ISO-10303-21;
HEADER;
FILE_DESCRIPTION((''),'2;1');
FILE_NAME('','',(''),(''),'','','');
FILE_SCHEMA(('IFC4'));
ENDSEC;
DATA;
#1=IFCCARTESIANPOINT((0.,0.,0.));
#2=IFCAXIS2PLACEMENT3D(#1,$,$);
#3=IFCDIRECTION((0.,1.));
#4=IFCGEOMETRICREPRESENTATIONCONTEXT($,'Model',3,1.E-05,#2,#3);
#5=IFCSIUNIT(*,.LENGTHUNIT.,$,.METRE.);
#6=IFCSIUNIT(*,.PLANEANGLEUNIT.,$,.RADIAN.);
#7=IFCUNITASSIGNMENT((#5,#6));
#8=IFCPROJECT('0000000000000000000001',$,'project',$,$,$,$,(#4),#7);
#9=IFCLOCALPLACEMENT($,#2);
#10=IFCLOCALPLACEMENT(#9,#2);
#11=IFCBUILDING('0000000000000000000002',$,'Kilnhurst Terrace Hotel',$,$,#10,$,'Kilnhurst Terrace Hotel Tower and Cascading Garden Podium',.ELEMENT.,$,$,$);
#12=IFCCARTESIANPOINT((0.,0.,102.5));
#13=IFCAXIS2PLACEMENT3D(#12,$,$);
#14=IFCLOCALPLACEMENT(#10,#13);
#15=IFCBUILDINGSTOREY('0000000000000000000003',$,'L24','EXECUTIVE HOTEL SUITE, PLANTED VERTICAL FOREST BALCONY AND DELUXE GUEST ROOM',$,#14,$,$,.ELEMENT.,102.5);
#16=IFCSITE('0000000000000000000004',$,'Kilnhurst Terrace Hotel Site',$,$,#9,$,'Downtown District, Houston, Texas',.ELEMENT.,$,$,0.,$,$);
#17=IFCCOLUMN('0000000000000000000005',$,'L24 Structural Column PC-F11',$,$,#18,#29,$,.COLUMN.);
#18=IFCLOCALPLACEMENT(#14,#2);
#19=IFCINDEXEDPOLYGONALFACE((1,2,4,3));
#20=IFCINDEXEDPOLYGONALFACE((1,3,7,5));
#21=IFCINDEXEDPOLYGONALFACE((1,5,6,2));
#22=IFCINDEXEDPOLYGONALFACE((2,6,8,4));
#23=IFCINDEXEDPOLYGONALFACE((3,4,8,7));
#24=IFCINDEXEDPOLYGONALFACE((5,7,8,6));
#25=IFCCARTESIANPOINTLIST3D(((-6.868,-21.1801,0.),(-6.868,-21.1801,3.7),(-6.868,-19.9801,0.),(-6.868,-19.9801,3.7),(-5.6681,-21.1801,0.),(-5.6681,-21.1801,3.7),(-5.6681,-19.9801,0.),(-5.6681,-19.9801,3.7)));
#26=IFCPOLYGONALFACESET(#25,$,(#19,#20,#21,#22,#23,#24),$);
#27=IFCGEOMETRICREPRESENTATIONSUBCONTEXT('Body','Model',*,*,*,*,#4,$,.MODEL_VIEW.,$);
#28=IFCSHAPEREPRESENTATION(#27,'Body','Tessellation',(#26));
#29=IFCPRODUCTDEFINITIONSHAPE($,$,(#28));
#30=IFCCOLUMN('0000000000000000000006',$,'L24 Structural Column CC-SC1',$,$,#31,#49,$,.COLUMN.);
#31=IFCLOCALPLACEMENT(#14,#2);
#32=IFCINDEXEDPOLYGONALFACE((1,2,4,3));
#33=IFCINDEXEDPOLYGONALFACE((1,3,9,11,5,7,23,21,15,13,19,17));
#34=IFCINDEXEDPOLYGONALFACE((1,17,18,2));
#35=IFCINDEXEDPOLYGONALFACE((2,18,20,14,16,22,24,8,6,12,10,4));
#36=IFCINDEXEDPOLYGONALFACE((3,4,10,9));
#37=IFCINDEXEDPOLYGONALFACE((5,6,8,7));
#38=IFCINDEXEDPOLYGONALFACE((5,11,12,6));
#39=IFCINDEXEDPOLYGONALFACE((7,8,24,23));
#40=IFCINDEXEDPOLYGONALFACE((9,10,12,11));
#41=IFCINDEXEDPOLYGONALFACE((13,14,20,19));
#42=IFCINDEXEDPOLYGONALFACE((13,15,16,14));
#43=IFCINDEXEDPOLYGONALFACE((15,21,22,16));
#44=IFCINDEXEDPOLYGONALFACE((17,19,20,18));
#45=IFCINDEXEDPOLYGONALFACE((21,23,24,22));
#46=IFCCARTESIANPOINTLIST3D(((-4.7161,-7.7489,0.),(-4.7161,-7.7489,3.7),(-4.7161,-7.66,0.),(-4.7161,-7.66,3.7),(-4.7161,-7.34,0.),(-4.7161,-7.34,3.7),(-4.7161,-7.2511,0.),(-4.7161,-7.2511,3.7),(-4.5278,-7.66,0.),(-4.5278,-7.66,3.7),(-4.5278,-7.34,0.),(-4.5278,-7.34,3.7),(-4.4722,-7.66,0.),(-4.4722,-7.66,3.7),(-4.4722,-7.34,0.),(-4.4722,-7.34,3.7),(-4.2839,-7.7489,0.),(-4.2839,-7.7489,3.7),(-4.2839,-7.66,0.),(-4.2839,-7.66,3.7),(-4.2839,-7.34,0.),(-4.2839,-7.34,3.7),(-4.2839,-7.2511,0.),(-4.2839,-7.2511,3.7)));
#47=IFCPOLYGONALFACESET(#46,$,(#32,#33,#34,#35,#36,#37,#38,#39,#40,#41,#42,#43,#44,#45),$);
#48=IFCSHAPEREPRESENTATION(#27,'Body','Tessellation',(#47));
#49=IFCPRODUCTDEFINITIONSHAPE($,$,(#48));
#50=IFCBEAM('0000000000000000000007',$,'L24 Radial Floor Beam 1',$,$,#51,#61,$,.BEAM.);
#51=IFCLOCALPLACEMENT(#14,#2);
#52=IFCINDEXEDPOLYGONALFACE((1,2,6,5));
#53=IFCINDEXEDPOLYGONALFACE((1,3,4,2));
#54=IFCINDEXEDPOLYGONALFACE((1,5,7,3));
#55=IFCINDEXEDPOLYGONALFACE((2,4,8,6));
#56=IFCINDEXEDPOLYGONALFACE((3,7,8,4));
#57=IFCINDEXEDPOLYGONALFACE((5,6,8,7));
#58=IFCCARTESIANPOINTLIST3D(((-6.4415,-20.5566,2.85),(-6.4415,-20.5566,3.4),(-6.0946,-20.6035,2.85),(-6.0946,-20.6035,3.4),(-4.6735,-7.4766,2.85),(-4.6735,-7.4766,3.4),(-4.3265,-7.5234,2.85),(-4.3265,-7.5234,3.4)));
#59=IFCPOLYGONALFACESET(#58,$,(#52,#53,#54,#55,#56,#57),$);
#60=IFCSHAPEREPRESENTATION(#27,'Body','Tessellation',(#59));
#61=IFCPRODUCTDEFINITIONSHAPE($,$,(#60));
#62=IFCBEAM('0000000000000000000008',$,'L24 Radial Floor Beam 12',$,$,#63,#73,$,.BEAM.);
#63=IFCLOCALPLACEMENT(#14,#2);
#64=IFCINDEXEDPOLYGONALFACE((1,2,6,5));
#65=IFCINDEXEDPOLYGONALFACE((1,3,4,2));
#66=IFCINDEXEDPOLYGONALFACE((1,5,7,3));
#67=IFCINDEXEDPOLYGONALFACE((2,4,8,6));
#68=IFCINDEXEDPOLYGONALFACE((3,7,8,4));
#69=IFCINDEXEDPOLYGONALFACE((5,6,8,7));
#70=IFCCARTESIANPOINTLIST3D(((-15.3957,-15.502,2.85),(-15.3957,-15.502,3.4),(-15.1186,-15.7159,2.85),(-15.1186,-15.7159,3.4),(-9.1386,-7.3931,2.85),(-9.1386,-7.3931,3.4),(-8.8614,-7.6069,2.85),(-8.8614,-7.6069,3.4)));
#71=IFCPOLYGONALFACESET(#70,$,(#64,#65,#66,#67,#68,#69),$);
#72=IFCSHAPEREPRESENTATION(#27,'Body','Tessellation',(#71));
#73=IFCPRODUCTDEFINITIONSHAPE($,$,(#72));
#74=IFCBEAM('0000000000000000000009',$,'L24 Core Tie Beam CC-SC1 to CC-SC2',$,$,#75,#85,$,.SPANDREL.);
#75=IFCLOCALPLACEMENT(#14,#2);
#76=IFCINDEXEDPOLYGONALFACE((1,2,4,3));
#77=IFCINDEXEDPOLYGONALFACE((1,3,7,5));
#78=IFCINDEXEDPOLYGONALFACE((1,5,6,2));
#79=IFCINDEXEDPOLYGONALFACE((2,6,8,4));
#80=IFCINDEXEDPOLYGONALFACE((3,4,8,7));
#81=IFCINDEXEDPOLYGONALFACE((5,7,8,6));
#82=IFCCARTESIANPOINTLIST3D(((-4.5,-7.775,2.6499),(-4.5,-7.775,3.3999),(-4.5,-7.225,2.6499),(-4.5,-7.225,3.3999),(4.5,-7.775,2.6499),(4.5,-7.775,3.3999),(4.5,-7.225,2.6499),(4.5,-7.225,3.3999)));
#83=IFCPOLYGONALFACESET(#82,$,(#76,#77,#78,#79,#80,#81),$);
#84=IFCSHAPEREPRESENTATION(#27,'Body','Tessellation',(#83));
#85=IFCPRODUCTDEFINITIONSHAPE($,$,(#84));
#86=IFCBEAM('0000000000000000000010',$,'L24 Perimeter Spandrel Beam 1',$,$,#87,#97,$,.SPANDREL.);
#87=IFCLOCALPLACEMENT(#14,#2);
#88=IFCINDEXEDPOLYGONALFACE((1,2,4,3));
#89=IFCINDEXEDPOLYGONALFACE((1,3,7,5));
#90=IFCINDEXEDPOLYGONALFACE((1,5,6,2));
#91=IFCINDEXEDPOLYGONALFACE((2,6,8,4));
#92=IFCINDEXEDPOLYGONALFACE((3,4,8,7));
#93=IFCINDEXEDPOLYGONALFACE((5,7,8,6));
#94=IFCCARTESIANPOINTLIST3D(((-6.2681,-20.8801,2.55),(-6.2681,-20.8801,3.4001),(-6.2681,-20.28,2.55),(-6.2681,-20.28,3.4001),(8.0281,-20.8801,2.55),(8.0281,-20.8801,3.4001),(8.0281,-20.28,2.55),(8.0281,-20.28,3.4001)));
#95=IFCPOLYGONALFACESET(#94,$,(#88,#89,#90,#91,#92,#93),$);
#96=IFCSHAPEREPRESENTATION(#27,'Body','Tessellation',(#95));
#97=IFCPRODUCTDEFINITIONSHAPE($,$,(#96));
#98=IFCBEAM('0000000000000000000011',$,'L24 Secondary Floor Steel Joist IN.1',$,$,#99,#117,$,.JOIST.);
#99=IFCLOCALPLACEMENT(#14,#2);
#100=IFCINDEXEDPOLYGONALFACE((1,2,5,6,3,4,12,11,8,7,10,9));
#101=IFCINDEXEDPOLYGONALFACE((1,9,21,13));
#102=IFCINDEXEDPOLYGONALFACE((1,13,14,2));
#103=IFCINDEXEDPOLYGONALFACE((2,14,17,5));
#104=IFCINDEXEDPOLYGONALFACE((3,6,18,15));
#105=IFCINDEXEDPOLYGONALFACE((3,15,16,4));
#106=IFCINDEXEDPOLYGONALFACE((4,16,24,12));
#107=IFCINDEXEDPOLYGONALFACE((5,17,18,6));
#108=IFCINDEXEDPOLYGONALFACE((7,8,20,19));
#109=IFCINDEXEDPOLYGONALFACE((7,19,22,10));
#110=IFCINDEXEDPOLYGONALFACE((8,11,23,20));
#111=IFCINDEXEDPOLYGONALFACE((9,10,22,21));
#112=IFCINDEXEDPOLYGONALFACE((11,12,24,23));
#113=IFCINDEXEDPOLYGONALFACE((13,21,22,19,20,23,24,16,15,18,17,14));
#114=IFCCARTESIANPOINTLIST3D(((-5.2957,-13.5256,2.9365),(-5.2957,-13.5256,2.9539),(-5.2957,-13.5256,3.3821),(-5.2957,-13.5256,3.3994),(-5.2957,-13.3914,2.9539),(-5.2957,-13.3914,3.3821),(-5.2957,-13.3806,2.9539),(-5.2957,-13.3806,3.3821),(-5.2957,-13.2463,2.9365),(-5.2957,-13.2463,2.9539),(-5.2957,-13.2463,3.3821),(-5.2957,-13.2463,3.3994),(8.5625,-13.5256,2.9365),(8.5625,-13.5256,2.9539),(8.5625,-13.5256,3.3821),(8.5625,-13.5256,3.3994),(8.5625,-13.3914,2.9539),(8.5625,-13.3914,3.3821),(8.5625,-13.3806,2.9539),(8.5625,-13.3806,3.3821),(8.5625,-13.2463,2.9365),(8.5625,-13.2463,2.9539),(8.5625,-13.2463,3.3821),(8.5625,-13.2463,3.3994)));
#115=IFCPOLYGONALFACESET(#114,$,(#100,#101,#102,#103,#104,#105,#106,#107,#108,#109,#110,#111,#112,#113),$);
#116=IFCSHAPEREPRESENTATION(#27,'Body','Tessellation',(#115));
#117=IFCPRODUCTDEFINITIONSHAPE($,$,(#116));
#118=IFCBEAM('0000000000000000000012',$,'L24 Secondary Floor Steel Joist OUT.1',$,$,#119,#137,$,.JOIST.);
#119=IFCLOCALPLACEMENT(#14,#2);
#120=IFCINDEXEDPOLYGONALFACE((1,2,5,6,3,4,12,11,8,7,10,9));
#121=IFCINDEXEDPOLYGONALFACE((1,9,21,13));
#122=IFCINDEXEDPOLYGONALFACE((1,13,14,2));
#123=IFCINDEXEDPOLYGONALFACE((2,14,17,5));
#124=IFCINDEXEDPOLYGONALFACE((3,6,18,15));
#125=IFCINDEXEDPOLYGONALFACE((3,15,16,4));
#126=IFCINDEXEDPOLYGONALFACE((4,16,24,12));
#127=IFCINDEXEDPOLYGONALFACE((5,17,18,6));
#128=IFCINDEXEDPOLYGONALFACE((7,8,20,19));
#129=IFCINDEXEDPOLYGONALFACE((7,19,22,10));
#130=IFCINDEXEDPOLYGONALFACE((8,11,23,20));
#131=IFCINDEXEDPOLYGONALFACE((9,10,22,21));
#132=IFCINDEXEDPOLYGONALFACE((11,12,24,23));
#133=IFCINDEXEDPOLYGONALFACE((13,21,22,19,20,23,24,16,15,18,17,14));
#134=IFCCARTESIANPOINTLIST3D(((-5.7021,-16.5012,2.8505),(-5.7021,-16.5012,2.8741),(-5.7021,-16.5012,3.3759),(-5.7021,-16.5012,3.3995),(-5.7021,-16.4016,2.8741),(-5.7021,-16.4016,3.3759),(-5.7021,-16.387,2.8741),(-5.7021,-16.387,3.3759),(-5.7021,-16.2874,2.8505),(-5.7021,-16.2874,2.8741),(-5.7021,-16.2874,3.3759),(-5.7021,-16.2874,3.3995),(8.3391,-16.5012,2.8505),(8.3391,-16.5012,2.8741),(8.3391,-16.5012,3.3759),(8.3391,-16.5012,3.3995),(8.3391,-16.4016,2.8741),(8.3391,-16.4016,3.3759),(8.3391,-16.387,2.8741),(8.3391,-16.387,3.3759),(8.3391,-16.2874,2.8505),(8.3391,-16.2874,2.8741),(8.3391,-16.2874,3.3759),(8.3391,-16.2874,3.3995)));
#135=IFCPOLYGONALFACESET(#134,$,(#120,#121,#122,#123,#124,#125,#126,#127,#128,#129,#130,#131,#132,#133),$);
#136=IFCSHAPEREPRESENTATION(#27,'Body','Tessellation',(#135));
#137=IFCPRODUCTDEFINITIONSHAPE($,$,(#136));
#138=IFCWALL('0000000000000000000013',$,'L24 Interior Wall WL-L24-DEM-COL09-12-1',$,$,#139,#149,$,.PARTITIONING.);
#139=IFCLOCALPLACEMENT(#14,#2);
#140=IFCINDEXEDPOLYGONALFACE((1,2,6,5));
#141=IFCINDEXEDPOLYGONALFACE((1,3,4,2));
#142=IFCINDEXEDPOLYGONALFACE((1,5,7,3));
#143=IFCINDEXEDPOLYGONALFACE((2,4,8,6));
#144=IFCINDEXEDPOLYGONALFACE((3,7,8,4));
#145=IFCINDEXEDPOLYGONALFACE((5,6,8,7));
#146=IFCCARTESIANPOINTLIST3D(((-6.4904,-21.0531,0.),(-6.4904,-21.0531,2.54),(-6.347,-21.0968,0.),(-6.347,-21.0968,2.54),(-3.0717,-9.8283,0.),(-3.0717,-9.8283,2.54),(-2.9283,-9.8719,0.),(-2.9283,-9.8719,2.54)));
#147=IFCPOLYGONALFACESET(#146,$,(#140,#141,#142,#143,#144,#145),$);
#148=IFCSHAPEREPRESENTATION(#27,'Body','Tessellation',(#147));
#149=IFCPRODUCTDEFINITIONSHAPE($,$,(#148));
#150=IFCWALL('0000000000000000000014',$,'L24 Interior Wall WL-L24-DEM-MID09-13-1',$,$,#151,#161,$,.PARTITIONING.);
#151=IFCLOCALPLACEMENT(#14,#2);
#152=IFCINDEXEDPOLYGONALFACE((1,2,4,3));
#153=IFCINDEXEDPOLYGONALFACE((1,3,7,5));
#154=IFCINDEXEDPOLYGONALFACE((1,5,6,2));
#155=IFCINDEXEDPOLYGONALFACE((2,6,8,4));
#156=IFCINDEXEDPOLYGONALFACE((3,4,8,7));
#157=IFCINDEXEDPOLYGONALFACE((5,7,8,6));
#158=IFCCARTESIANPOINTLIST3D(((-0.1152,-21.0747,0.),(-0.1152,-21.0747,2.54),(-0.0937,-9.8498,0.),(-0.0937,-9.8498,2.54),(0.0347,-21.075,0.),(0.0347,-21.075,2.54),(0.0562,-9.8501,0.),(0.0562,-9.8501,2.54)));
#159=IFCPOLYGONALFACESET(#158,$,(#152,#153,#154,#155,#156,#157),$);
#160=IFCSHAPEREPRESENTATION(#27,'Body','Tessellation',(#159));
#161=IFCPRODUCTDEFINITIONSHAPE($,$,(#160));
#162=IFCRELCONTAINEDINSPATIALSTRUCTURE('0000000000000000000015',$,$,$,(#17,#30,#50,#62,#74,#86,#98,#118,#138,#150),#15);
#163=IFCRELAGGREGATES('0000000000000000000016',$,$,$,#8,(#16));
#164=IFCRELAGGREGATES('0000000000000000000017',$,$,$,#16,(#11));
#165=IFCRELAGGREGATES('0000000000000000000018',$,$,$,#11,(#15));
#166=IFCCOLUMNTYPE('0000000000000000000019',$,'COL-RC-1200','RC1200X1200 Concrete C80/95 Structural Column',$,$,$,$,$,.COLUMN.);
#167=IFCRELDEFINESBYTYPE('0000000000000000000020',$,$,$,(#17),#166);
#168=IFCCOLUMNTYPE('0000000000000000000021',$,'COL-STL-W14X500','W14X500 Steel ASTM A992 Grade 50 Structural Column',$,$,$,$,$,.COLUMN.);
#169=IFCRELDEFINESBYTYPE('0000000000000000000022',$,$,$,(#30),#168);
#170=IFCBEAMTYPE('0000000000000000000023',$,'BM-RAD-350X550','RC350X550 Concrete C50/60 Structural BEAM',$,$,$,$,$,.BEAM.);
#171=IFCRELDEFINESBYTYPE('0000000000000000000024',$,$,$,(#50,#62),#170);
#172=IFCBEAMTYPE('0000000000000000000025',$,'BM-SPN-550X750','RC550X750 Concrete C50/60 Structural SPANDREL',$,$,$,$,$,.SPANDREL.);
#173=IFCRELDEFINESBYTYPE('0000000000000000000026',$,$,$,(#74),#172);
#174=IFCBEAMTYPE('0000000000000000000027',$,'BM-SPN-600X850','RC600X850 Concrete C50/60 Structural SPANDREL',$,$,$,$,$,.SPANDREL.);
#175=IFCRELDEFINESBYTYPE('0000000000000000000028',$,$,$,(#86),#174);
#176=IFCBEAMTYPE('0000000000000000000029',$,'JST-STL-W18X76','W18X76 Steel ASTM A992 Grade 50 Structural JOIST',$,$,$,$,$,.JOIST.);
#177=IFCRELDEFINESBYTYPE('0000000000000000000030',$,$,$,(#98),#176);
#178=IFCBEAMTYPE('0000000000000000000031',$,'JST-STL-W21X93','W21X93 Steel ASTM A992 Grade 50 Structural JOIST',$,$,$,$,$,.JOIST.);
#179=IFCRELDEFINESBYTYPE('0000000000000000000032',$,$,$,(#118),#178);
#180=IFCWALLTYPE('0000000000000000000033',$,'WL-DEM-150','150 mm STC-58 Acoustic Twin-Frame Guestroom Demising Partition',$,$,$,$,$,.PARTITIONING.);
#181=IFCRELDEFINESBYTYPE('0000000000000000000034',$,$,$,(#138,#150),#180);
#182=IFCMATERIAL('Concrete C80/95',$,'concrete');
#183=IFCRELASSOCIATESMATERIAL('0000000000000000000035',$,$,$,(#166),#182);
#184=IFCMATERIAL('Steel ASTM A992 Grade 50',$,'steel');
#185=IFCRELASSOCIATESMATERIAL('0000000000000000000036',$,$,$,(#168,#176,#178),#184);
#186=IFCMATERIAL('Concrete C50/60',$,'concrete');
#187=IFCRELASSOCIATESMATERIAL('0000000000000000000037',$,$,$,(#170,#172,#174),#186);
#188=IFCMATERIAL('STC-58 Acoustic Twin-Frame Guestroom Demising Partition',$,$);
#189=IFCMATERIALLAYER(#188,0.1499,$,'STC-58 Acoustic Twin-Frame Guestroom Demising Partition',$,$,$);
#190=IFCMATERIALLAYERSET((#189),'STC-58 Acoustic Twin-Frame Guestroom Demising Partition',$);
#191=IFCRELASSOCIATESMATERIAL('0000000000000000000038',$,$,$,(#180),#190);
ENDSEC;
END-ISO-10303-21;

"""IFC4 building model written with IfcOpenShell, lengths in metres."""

from ifc_helpers import new_model, si_unit, direction, frame, frame_2d, origin, origin_2d, place, context, subcontext, project, spatial, rectangle, i_section, extrude, material, layer, layer_set, material_profile, profile_set, type_object, element, save


model = new_model("IFC4")

# Units and contexts
model_context = context("Model", 3, precision=1e-05, world=origin(), true_north=direction((0.0, 1.0)))
body_context = subcontext(model_context, "Body", "Model", "MODEL_VIEW")
ifc_project = project(units=[si_unit("LENGTHUNIT", "METRE"), si_unit("PLANEANGLEUNIT", "RADIAN")], contexts=[model_context])

# Site, building, storey
site_placement = place(None, origin())
site = spatial("IfcSite", under=ifc_project, at=site_placement, Name="Kilnhurst Terrace Hotel Site", LongName="Downtown District, Houston, Texas", CompositionType="ELEMENT", RefElevation=0.0)
building_placement = place(site_placement, origin())
building = spatial("IfcBuilding", under=site, at=building_placement, Name="Kilnhurst Terrace Hotel", LongName="Kilnhurst Terrace Hotel Tower and Cascading Garden Podium", CompositionType="ELEMENT")
storey_placement = place(building_placement, frame((0.0, 0.0, 102.5)))
storey = spatial("IfcBuildingStorey", under=building, at=storey_placement, Name="L24", Description="EXECUTIVE HOTEL SUITE, PLANTED VERTICAL FOREST BALCONY AND DELUXE GUEST ROOM", CompositionType="ELEMENT", Elevation=102.5)

# Columns
ifc_material_1 = material(Name="Concrete C80/95", Category="concrete")
ifc_material_profile_1 = material_profile(ifc_material_1, rectangle(XDim=1.2, YDim=1.2, at=origin_2d()), Name="RC1200X1200")
ifc_profile_set_1 = profile_set([ifc_material_profile_1], Name="Concrete C80/95")
column_type_1 = type_object("IfcColumnType", Name="COL-RC-1200", Description="RC1200X1200 Concrete C80/95 Structural Column", PredefinedType="COLUMN", material=ifc_profile_set_1)
column_1_placement = place(storey_placement, frame((-6.2681, -20.5801, 0.0), z_axis=(0.0, 0.0, 1.0), x_axis=(1.0, 0.0, 0.0)))
element("IfcColumn", 1, at=column_1_placement, inside=storey, type_object=column_type_1, Name="L24 Structural Column PC-F11", PredefinedType="COLUMN", context=body_context, shape_type="SweptSolid", body=[
    extrude(rectangle(XDim=1.2, YDim=1.2, at=origin_2d()), origin(), (0.0, 0.0, 1.0), 3.7),
])
ifc_material_2 = material(Name="Steel ASTM A992 Grade 50", Category="steel")
ifc_material_profile_2 = material_profile(ifc_material_2, i_section(OverallWidth=0.4321, OverallDepth=0.4978, WebThickness=0.0557, FlangeThickness=0.0889, at=origin_2d()), Name="W14X500")
ifc_profile_set_2 = profile_set([ifc_material_profile_2], Name="Steel ASTM A992 Grade 50")
column_type_2 = type_object("IfcColumnType", Name="COL-STL-W14X500", Description="W14X500 Steel ASTM A992 Grade 50 Structural Column", PredefinedType="COLUMN", material=ifc_profile_set_2)
column_2_placement = place(storey_placement, frame((-4.5, -7.5, 0.0), z_axis=(0.0, 0.0, 1.0), x_axis=(1.0, 0.0, 0.0)))
element("IfcColumn", 2, at=column_2_placement, inside=storey, type_object=column_type_2, Name="L24 Structural Column CC-SC1", PredefinedType="COLUMN", context=body_context, shape_type="SweptSolid", body=[
    extrude(i_section(OverallWidth=0.4321, OverallDepth=0.4978, WebThickness=0.0557, FlangeThickness=0.0889, at=origin_2d()), origin(), (0.0, 0.0, 1.0), 3.7),
])

# Beams
ifc_material_3 = material(Name="Concrete C50/60", Category="concrete")
ifc_material_profile_3 = material_profile(ifc_material_3, rectangle(XDim=0.3501, YDim=0.55, at=origin_2d()), Name="RC350X550")
ifc_profile_set_3 = profile_set([ifc_material_profile_3], Name="Concrete C50/60")
beam_type_1 = type_object("IfcBeamType", Name="BM-RAD-350X550", Description="RC350X550 Concrete C50/60 Structural BEAM", PredefinedType="BEAM", material=ifc_profile_set_3)
beam_1_placement = place(storey_placement, frame((-4.5, -7.5, 3.125), z_axis=(-0.133954, -0.990988, 0.0), x_axis=(0.990988, -0.133954, 0.0)))
element("IfcBeam", 3, at=beam_1_placement, inside=storey, type_object=beam_type_1, Name="L24 Radial Floor Beam 1", PredefinedType="BEAM", context=body_context, shape_type="SweptSolid", body=[
    extrude(rectangle(XDim=0.3501, YDim=0.55, at=origin_2d()), origin(), (0.0, 0.0, 1.0), 13.199),
])
beam_2_placement = place(storey_placement, frame((-9.0, -7.5, 3.125), z_axis=(-0.610905, -0.791704, 0.0), x_axis=(0.791704, -0.610905, 0.0)))
element("IfcBeam", 4, at=beam_2_placement, inside=storey, type_object=beam_type_1, Name="L24 Radial Floor Beam 12", PredefinedType="BEAM", context=body_context, shape_type="SweptSolid", body=[
    extrude(rectangle(XDim=0.3501, YDim=0.55, at=origin_2d()), origin(), (0.0, 0.0, 1.0), 10.2424),
])
ifc_material_profile_4 = material_profile(ifc_material_3, rectangle(XDim=0.55, YDim=0.75, at=origin_2d()), Name="RC550X750")
ifc_profile_set_4 = profile_set([ifc_material_profile_4], Name="Concrete C50/60")
beam_type_2 = type_object("IfcBeamType", Name="BM-SPN-550X750", Description="RC550X750 Concrete C50/60 Structural SPANDREL", PredefinedType="SPANDREL", material=ifc_profile_set_4)
beam_3_placement = place(storey_placement, frame((-4.5, -7.5, 3.0249), z_axis=(1.0, 0.0, 0.0), x_axis=(0.0, 1.0, 0.0)))
element("IfcBeam", 5, at=beam_3_placement, inside=storey, type_object=beam_type_2, Name="L24 Core Tie Beam CC-SC1 to CC-SC2", PredefinedType="SPANDREL", context=body_context, shape_type="SweptSolid", body=[
    extrude(rectangle(XDim=0.55, YDim=0.75, at=origin_2d()), origin(), (0.0, 0.0, 1.0), 9.0),
])
ifc_material_profile_5 = material_profile(ifc_material_3, rectangle(XDim=0.6001, YDim=0.8501, at=origin_2d()), Name="RC600X850")
ifc_profile_set_5 = profile_set([ifc_material_profile_5], Name="Concrete C50/60")
beam_type_3 = type_object("IfcBeamType", Name="BM-SPN-600X850", Description="RC600X850 Concrete C50/60 Structural SPANDREL", PredefinedType="SPANDREL", material=ifc_profile_set_5)
beam_4_placement = place(storey_placement, frame((-6.2681, -20.5801, 2.9751), z_axis=(1.0, 0.0, 0.0), x_axis=(0.0, 1.0, 0.0)))
element("IfcBeam", 6, at=beam_4_placement, inside=storey, type_object=beam_type_3, Name="L24 Perimeter Spandrel Beam 1", PredefinedType="SPANDREL", context=body_context, shape_type="SweptSolid", body=[
    extrude(rectangle(XDim=0.6001, YDim=0.8501, at=origin_2d()), origin(), (0.0, 0.0, 1.0), 14.2961),
])
ifc_material_profile_6 = material_profile(ifc_material_2, i_section(OverallWidth=0.2793, OverallDepth=0.4629, WebThickness=0.0107, FlangeThickness=0.0173, at=origin_2d()), Name="W18X76")
ifc_profile_set_6 = profile_set([ifc_material_profile_6], Name="Steel ASTM A992 Grade 50")
beam_type_4 = type_object("IfcBeamType", Name="JST-STL-W18X76", Description="W18X76 Steel ASTM A992 Grade 50 Structural JOIST", PredefinedType="JOIST", material=ifc_profile_set_6)
beam_5_placement = place(storey_placement, frame((-5.2957, -13.386, 3.168), z_axis=(1.0, 0.0, 0.0), x_axis=(0.0, 1.0, 0.0)))
element("IfcBeam", 7, at=beam_5_placement, inside=storey, type_object=beam_type_4, Name="L24 Secondary Floor Steel Joist IN.1", PredefinedType="JOIST", context=body_context, shape_type="SweptSolid", body=[
    extrude(i_section(OverallWidth=0.2793, OverallDepth=0.4629, WebThickness=0.0107, FlangeThickness=0.0173, at=origin_2d()), origin(), (0.0, 0.0, 1.0), 13.8582),
])
ifc_material_profile_7 = material_profile(ifc_material_2, i_section(OverallWidth=0.2139, OverallDepth=0.5491, WebThickness=0.0146, FlangeThickness=0.0237, at=origin_2d()), Name="W21X93")
ifc_profile_set_7 = profile_set([ifc_material_profile_7], Name="Steel ASTM A992 Grade 50")
beam_type_5 = type_object("IfcBeamType", Name="JST-STL-W21X93", Description="W21X93 Steel ASTM A992 Grade 50 Structural JOIST", PredefinedType="JOIST", material=ifc_profile_set_7)
beam_6_placement = place(storey_placement, frame((-5.7021, -16.3943, 3.125), z_axis=(1.0, 0.0, 0.0), x_axis=(0.0, 1.0, 0.0)))
element("IfcBeam", 8, at=beam_6_placement, inside=storey, type_object=beam_type_5, Name="L24 Secondary Floor Steel Joist OUT.1", PredefinedType="JOIST", context=body_context, shape_type="SweptSolid", body=[
    extrude(i_section(OverallWidth=0.2139, OverallDepth=0.5491, WebThickness=0.0146, FlangeThickness=0.0237, at=origin_2d()), origin(), (0.0, 0.0, 1.0), 14.0413),
])

# Walls
ifc_material_4 = material(Name="STC-58 Acoustic Twin-Frame Guestroom Demising Partition")
ifc_layer_1 = layer(ifc_material_4, 0.1499, Name="STC-58 Acoustic Twin-Frame Guestroom Demising Partition")
ifc_layer_set_1 = layer_set([ifc_layer_1], Name="STC-58 Acoustic Twin-Frame Guestroom Demising Partition")
wall_type_1 = type_object("IfcWallType", Name="WL-DEM-150", Description="150 mm STC-58 Acoustic Twin-Frame Guestroom Demising Partition", PredefinedType="PARTITIONING", material=ifc_layer_set_1)
wall_1_placement = place(storey_placement, frame((-3.0, -9.8501, 0.0), z_axis=(0.0, 0.0, 1.0), x_axis=(-0.291352, -0.956616, 0.0)))
element("IfcWall", 9, at=wall_1_placement, inside=storey, type_object=wall_type_1, Name="L24 Interior Wall WL-L24-DEM-COL09-12-1", PredefinedType="PARTITIONING", context=body_context, shape_type="SweptSolid", body=[
    extrude(rectangle(XDim=11.7339, YDim=0.1499, at=frame_2d((5.8669, 0.0))), origin(), (0.0, 0.0, 1.0), 2.54),
])
wall_2_placement = place(storey_placement, frame((-0.0188, -9.8501, 0.0), z_axis=(0.0, 0.0, 1.0), x_axis=(-0.001914, -0.999998, 0.0)))
element("IfcWall", 10, at=wall_2_placement, inside=storey, type_object=wall_type_1, Name="L24 Interior Wall WL-L24-DEM-MID09-13-1", PredefinedType="PARTITIONING", context=body_context, shape_type="SweptSolid", body=[
    extrude(rectangle(XDim=11.2249, YDim=0.1499, at=frame_2d((5.6123, 0.0))), origin(), (0.0, 0.0, 1.0), 2.54),
])

save(model, "model.ifc")
